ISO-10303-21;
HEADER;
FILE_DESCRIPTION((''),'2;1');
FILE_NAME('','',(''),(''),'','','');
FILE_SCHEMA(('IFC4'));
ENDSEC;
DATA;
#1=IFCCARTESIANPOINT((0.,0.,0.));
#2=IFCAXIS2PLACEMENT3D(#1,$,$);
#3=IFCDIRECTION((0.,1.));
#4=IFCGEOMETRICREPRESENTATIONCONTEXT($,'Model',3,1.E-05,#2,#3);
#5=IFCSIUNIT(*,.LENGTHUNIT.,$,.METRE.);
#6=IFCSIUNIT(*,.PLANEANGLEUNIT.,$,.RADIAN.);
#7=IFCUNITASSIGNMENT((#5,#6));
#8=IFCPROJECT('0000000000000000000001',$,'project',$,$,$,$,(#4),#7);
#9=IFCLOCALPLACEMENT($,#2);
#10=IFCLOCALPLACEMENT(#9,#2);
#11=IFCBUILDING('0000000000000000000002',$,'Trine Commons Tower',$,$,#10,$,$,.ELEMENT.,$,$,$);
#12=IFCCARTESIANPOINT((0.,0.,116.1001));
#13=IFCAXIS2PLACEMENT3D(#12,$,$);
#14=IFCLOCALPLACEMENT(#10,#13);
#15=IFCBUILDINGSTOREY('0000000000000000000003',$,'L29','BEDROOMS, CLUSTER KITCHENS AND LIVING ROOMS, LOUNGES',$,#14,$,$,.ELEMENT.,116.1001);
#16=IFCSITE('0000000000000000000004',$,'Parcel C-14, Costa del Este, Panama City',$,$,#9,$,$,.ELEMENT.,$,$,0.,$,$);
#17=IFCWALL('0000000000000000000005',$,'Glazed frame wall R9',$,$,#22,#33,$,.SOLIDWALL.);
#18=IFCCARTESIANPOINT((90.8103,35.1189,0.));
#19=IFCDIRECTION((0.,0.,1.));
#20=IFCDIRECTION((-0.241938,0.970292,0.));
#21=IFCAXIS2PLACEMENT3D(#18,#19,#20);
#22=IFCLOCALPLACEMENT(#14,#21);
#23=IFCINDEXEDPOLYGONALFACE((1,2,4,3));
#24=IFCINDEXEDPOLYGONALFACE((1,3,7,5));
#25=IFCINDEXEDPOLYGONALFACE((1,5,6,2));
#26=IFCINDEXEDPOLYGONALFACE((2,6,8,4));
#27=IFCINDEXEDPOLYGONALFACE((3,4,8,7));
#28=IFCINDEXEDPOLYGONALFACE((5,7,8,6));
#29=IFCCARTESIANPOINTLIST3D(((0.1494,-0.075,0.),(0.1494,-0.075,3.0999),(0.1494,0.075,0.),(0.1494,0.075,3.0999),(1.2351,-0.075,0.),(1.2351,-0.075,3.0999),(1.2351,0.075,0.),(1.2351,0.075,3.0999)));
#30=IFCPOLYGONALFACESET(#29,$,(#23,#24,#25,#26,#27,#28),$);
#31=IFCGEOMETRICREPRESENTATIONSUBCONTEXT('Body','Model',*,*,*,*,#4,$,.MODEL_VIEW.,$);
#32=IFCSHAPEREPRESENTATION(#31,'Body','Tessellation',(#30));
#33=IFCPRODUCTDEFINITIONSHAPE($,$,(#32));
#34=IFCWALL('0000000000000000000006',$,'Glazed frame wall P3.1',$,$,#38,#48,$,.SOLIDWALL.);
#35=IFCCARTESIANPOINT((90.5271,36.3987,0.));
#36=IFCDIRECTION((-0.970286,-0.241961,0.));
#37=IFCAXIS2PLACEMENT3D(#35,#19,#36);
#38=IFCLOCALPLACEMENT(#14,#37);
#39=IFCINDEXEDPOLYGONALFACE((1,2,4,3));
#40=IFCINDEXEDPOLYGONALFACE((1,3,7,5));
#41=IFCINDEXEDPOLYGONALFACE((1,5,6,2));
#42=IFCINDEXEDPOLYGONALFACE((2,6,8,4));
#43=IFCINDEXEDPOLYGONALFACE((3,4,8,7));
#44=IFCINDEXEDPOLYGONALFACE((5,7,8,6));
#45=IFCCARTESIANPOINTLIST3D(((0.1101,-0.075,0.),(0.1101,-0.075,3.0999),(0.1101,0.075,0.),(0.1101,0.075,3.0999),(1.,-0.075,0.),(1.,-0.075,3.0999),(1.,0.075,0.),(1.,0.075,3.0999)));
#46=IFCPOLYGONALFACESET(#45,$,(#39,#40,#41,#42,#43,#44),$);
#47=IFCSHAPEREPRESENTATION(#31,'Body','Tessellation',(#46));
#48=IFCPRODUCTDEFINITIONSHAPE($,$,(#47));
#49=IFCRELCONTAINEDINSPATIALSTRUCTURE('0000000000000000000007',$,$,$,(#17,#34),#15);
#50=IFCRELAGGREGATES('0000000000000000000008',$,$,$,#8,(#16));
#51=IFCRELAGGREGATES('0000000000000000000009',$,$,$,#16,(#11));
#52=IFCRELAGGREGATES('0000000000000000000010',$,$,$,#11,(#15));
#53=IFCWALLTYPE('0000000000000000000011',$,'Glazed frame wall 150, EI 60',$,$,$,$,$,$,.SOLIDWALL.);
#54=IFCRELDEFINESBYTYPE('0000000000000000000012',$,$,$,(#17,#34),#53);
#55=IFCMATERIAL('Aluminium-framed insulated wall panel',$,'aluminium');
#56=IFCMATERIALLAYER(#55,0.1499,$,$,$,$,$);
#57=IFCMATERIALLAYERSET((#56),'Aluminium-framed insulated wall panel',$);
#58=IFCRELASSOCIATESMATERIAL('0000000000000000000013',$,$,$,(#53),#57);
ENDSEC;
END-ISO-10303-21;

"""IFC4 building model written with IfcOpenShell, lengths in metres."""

from ifc_helpers import new_model, si_unit, direction, frame, origin, place, context, subcontext, project, spatial, polyline, outline, extrude, material, layer, layer_set, type_object, element, save


model = new_model("IFC4")

# Units and contexts
model_context = context("Model", 3, precision=1e-05, world=origin(), true_north=direction((0.0, 1.0)))
body_context = subcontext(model_context, "Body", "Model", "MODEL_VIEW")
ifc_project = project(units=[si_unit("LENGTHUNIT", "METRE"), si_unit("PLANEANGLEUNIT", "RADIAN")], contexts=[model_context])

# Site, building, storey
site_placement = place(None, origin())
site = spatial("IfcSite", under=ifc_project, at=site_placement, Name="Parcel C-14, Costa del Este, Panama City", CompositionType="ELEMENT", RefElevation=0.0)
building_placement = place(site_placement, origin())
building = spatial("IfcBuilding", under=site, at=building_placement, Name="Trine Commons Tower", CompositionType="ELEMENT")
storey_placement = place(building_placement, frame((0.0, 0.0, 116.1001)))
storey = spatial("IfcBuildingStorey", under=building, at=storey_placement, Name="L29", Description="BEDROOMS, CLUSTER KITCHENS AND LIVING ROOMS, LOUNGES", CompositionType="ELEMENT", Elevation=116.1001)

# Walls
ifc_material_1 = material(Name="Aluminium-framed insulated wall panel", Category="aluminium")
ifc_layer_1 = layer(ifc_material_1, 0.1499)
ifc_layer_set_1 = layer_set([ifc_layer_1], Name="Aluminium-framed insulated wall panel")
wall_type_1 = type_object("IfcWallType", Name="Glazed frame wall 150, EI 60", PredefinedType="SOLIDWALL", material=ifc_layer_set_1)
wall_1_placement = place(storey_placement, frame((90.8103, 35.1189, 0.0), z_axis=(0.0, 0.0, 1.0), x_axis=(-0.241938, 0.970292, 0.0)))
element("IfcWall", 1, at=wall_1_placement, inside=storey, type_object=wall_type_1, Name="Glazed frame wall R9", PredefinedType="SOLIDWALL", context=body_context, shape_type="SweptSolid", body=[
    extrude(outline(polyline([(0.1494, 0.075), (0.1494, -0.075), (1.2351, -0.075), (1.2351, 0.075), (0.1494, 0.075)])), origin(), (0.0, 0.0, 1.0), 3.0999),
])
wall_2_placement = place(storey_placement, frame((90.5271, 36.3987, 0.0), z_axis=(0.0, 0.0, 1.0), x_axis=(-0.970286, -0.241961, 0.0)))
element("IfcWall", 2, at=wall_2_placement, inside=storey, type_object=wall_type_1, Name="Glazed frame wall P3.1", PredefinedType="SOLIDWALL", context=body_context, shape_type="SweptSolid", body=[
    extrude(outline(polyline([(0.1101, -0.075), (1.0, -0.075), (1.0, 0.075), (0.1101, 0.075), (0.1101, -0.075)])), origin(), (0.0, 0.0, 1.0), 3.0999),
])

save(model, "model.ifc")
